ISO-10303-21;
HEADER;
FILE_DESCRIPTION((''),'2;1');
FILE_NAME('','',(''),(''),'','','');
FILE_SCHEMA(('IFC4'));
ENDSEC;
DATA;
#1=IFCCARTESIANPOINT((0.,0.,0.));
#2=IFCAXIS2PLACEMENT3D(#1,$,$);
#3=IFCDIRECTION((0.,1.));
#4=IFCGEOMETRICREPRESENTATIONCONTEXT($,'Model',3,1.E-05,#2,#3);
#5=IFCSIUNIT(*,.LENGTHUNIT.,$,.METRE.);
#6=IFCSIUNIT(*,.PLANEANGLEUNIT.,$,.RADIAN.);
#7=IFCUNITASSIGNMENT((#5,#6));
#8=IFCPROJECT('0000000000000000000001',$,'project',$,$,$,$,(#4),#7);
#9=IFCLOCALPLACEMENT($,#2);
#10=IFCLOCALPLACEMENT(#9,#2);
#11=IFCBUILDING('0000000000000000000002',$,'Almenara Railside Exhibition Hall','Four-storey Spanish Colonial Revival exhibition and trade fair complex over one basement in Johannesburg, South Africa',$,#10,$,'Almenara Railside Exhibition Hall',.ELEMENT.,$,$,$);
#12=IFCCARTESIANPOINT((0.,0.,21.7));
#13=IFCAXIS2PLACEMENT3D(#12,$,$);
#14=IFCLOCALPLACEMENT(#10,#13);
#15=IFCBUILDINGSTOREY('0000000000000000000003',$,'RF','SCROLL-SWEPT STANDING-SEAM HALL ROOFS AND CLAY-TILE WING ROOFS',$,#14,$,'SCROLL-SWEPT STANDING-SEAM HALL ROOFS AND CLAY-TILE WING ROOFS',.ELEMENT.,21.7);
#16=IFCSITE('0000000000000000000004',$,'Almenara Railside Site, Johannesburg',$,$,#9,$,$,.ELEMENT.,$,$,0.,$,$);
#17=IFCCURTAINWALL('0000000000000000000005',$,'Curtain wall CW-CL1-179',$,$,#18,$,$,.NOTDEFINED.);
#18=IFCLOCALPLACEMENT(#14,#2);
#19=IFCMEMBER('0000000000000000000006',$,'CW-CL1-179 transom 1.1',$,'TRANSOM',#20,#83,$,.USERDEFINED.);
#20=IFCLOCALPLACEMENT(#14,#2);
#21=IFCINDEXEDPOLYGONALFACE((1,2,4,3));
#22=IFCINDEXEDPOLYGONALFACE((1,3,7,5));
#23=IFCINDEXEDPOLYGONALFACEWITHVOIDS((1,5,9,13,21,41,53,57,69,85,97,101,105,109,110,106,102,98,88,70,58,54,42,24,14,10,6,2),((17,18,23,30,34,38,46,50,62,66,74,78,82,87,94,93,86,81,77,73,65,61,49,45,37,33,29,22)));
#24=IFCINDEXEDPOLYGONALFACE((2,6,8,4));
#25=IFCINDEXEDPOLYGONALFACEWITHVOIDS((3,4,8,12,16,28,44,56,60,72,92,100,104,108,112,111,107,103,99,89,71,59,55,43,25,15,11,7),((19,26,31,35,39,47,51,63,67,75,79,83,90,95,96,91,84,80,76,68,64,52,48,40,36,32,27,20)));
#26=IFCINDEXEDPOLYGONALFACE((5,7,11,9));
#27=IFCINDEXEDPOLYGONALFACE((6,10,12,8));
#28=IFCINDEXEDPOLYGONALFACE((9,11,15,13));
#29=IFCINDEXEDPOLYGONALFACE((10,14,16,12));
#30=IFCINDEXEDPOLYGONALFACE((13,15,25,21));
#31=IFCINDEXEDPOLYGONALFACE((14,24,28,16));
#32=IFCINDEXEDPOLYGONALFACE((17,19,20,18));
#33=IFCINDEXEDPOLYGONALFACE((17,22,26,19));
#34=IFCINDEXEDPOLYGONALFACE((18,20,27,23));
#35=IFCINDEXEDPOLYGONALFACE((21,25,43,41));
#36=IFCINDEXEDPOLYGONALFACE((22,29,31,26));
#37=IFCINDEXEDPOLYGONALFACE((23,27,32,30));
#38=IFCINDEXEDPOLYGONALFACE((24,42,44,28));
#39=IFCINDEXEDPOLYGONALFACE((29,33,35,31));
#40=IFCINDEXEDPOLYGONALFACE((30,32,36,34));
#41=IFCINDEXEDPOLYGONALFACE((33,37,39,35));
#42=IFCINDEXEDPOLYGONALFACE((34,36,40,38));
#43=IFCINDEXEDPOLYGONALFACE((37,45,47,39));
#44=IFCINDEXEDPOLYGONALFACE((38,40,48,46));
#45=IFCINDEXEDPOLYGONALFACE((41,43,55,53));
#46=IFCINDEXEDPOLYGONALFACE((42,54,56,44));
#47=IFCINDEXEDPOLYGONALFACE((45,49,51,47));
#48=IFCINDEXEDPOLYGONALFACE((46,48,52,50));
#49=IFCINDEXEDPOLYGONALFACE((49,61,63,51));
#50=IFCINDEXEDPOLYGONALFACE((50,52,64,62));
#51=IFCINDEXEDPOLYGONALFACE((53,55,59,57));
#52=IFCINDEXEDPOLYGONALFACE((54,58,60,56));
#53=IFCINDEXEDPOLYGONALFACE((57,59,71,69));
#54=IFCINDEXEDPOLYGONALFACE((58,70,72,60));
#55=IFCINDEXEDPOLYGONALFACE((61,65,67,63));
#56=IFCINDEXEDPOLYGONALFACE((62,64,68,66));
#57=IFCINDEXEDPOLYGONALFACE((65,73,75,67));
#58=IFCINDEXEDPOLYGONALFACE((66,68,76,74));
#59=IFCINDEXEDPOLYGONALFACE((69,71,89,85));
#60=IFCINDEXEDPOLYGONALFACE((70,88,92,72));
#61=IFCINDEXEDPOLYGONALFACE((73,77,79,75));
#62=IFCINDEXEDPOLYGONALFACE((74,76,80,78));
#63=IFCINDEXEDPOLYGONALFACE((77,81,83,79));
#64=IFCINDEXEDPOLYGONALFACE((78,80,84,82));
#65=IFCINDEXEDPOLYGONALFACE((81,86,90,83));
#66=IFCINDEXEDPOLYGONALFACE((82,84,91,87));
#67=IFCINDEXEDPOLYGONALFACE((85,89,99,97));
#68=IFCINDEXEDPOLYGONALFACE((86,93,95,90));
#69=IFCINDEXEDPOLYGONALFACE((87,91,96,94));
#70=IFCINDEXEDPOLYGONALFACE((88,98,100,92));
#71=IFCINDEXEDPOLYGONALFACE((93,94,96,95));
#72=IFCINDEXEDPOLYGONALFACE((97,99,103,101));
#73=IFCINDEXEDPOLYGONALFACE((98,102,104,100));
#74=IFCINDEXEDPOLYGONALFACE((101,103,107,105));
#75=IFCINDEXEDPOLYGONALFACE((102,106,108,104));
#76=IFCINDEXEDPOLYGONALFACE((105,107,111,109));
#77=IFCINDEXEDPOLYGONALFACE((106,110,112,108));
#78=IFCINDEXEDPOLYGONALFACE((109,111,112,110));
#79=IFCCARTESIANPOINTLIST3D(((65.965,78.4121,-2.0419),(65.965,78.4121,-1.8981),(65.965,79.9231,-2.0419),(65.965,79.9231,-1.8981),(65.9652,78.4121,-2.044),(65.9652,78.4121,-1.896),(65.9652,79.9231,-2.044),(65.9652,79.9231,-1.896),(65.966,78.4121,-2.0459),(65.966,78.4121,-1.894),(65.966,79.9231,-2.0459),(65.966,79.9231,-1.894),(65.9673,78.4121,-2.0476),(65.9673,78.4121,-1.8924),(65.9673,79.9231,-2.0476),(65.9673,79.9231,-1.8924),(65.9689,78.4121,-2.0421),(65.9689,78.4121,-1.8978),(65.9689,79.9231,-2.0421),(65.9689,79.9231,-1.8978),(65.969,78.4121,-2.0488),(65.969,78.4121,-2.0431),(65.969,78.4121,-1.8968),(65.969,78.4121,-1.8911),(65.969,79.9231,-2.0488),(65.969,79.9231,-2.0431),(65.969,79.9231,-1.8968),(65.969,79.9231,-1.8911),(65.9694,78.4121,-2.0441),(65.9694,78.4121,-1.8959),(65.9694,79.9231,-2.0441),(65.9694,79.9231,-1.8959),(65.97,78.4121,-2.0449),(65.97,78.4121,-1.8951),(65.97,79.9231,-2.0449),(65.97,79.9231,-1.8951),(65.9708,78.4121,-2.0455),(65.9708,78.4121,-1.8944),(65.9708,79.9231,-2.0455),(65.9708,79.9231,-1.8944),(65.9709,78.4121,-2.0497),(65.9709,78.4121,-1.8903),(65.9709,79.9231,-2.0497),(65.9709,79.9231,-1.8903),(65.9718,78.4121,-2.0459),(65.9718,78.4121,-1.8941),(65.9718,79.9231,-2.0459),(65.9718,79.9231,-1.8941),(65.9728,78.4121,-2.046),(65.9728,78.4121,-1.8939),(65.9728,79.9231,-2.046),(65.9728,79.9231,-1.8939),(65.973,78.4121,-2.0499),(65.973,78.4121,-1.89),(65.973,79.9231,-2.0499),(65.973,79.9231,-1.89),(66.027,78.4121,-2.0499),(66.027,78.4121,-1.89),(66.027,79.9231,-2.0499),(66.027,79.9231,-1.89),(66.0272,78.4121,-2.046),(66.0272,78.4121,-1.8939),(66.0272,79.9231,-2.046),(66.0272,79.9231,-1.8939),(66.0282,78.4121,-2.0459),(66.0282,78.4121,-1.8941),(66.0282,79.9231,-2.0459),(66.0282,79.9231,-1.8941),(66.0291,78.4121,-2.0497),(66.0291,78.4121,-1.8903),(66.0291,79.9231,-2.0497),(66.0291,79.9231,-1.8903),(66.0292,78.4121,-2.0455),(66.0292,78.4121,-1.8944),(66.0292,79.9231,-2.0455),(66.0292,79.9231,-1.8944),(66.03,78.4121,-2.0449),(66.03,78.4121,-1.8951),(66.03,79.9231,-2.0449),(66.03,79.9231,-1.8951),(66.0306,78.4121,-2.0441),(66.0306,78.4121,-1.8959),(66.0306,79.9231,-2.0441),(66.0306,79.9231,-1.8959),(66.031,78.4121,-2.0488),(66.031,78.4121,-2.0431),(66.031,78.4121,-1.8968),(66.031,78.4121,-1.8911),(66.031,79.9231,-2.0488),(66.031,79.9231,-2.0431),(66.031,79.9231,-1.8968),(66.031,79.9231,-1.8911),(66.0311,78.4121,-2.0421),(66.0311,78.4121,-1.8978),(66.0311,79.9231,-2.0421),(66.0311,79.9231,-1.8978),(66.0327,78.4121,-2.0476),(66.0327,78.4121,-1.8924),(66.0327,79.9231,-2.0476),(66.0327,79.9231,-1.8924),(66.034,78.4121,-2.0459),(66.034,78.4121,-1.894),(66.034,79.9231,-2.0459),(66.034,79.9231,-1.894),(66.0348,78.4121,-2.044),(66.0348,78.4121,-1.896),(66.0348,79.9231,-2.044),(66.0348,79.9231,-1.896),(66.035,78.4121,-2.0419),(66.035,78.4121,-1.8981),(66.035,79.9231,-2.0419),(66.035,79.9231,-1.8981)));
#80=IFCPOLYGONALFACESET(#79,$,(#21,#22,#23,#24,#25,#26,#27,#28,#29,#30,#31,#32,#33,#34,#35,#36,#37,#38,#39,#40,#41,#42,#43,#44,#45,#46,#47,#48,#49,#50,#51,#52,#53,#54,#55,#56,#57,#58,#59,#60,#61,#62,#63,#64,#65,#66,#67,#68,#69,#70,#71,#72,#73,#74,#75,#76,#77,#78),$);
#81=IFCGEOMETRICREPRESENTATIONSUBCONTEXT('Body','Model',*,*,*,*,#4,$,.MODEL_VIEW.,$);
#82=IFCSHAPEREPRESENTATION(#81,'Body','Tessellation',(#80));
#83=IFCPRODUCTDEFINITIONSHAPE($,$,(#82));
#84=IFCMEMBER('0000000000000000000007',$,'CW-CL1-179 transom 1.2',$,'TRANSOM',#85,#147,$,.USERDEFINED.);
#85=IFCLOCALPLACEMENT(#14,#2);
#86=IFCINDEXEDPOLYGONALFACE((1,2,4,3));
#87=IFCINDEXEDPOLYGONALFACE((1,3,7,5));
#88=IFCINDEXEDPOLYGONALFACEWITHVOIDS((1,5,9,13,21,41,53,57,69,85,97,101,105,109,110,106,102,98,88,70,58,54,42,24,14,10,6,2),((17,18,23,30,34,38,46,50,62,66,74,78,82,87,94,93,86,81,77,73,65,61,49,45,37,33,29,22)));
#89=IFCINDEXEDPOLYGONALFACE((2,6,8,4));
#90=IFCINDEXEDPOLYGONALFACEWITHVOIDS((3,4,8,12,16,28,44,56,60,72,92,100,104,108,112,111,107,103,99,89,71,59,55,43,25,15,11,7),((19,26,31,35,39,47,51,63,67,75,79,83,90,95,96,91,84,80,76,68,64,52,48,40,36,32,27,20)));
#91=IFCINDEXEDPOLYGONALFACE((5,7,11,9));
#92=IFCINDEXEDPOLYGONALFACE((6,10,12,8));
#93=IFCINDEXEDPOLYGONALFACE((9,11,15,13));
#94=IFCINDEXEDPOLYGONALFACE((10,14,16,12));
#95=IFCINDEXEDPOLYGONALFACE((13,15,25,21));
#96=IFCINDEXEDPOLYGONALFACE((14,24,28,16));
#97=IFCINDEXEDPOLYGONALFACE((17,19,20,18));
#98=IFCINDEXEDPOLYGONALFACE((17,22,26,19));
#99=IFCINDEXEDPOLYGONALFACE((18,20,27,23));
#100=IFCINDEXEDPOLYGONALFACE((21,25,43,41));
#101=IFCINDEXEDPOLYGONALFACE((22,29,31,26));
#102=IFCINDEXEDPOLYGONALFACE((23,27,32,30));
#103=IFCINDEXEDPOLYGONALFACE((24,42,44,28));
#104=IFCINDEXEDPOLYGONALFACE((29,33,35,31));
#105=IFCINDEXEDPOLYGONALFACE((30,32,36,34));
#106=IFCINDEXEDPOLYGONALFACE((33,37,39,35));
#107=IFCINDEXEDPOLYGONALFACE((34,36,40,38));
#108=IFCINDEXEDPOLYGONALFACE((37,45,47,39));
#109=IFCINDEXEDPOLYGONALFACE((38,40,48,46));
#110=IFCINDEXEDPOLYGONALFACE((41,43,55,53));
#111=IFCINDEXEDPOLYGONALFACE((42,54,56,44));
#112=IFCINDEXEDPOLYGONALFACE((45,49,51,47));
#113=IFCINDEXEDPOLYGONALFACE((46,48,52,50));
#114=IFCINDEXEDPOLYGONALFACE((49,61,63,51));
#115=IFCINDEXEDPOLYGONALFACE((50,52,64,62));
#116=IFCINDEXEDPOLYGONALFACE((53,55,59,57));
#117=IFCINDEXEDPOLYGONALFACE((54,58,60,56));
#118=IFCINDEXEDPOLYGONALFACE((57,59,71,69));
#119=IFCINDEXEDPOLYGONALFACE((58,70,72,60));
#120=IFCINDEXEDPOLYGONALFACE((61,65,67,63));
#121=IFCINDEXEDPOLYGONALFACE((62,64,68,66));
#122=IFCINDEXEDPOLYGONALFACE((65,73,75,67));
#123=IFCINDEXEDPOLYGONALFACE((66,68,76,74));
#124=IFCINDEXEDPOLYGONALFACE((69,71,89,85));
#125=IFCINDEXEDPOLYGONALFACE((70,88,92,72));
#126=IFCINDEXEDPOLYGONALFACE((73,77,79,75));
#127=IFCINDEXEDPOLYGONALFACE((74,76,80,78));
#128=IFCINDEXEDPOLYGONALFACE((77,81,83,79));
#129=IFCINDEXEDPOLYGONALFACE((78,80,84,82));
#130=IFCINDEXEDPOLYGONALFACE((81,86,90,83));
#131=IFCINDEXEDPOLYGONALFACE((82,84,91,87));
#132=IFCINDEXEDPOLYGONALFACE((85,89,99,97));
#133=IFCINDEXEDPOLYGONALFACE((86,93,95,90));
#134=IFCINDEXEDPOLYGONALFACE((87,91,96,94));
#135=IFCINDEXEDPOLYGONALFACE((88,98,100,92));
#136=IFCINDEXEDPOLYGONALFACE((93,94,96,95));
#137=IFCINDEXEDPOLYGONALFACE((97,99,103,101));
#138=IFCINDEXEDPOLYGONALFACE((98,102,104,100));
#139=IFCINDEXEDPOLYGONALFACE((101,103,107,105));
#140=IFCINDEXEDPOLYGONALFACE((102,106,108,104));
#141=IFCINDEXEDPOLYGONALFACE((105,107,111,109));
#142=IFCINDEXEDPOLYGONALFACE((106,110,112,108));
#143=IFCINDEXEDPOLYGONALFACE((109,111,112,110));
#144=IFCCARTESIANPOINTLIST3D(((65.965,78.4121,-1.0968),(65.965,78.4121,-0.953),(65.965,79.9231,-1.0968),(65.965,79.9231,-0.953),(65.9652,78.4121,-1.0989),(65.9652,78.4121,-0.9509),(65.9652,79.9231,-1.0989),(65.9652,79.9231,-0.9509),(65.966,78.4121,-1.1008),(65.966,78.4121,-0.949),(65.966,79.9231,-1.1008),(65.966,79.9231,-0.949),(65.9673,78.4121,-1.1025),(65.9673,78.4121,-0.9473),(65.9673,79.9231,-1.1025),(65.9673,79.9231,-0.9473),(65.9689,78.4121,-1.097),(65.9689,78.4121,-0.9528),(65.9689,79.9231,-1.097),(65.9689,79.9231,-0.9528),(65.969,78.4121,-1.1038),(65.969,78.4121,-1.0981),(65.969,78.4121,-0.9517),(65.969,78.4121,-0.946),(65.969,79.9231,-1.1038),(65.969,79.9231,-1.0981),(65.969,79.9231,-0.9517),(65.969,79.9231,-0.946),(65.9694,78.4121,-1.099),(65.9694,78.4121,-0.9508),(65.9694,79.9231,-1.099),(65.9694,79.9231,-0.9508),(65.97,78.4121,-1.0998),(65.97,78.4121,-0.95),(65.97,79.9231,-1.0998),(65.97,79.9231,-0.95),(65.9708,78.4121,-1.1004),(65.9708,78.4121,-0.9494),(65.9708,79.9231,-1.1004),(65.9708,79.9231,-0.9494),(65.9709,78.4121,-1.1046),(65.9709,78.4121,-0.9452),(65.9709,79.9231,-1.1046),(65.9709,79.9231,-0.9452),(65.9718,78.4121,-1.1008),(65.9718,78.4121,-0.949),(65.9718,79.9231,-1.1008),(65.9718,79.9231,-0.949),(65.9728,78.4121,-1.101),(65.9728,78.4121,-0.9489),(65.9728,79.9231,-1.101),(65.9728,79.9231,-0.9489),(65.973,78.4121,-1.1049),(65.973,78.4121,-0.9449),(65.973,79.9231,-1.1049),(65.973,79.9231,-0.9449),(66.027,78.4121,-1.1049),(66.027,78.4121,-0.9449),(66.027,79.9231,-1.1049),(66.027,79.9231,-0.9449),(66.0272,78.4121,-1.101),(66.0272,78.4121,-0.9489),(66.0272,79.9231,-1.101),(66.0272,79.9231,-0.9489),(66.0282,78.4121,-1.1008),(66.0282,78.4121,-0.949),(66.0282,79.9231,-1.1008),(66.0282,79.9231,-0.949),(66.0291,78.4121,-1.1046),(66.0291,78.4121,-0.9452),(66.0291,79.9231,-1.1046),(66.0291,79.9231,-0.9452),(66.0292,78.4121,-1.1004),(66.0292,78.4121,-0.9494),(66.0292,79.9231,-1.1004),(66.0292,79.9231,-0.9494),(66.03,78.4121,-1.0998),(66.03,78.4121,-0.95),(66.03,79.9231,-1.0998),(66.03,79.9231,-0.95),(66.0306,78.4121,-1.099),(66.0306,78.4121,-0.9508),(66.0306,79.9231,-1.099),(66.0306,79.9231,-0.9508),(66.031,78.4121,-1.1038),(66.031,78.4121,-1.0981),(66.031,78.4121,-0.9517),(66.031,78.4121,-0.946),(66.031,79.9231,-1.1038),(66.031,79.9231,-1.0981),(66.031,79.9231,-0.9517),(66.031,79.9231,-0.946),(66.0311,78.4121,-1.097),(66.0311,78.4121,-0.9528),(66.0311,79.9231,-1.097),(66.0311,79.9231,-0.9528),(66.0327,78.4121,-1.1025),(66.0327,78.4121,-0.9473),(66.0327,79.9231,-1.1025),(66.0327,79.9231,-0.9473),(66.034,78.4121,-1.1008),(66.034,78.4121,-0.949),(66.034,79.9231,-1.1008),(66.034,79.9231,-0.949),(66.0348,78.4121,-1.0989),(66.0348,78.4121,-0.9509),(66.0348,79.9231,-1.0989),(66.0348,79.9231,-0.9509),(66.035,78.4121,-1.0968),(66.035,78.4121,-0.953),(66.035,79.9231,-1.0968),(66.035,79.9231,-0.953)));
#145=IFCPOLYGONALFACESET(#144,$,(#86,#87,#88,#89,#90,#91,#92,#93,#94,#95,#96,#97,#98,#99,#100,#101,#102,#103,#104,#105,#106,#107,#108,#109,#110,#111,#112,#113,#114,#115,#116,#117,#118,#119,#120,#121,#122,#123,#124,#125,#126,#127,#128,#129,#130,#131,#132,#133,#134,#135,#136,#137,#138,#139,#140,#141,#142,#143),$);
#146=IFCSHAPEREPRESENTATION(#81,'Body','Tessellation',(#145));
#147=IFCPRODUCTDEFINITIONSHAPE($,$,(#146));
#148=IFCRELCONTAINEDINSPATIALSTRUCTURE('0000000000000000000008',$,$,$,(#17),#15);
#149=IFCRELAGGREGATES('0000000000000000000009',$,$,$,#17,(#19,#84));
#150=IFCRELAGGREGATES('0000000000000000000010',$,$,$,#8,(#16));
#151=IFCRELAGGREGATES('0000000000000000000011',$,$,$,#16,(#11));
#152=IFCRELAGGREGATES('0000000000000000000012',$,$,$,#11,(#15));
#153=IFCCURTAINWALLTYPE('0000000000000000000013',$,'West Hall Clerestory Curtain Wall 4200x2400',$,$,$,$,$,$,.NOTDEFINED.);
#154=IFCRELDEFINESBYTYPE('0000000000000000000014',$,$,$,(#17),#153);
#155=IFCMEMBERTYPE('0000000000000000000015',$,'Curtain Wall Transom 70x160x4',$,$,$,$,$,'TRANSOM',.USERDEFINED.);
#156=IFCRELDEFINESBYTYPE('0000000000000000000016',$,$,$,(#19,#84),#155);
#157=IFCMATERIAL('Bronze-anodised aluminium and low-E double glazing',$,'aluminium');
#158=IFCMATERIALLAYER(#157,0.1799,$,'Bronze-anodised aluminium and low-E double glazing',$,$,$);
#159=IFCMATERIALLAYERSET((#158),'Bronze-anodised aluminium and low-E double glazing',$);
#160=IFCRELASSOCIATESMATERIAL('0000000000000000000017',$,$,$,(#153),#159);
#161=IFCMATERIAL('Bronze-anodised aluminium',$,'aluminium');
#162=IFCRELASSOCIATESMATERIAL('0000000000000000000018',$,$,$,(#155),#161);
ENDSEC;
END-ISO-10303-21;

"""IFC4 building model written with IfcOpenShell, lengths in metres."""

from ifc_helpers import new_model, si_unit, direction, frame, origin, origin_2d, place, context, subcontext, project, spatial, hollow_rectangle, extrude, material, layer, layer_set, material_profile, profile_set, type_object, element, aggregate, save


model = new_model("IFC4")

# Units and contexts
model_context = context("Model", 3, precision=1e-05, world=origin(), true_north=direction((0.0, 1.0)))
body_context = subcontext(model_context, "Body", "Model", "MODEL_VIEW")
ifc_project = project(units=[si_unit("LENGTHUNIT", "METRE"), si_unit("PLANEANGLEUNIT", "RADIAN")], contexts=[model_context])

# Site, building, storey
site_placement = place(None, origin())
site = spatial("IfcSite", under=ifc_project, at=site_placement, Name="Almenara Railside Site, Johannesburg", CompositionType="ELEMENT", RefElevation=0.0)
building_placement = place(site_placement, origin())
building = spatial("IfcBuilding", under=site, at=building_placement, Name="Almenara Railside Exhibition Hall", Description="Four-storey Spanish Colonial Revival exhibition and trade fair complex over one basement in Johannesburg, South Africa", LongName="Almenara Railside Exhibition Hall", CompositionType="ELEMENT")
storey_placement = place(building_placement, frame((0.0, 0.0, 21.7)))
storey = spatial("IfcBuildingStorey", under=building, at=storey_placement, Name="RF", Description="SCROLL-SWEPT STANDING-SEAM HALL ROOFS AND CLAY-TILE WING ROOFS", LongName="SCROLL-SWEPT STANDING-SEAM HALL ROOFS AND CLAY-TILE WING ROOFS", CompositionType="ELEMENT", Elevation=21.7)

# Curtain wall
ifc_material_1 = material(Name="Bronze-anodised aluminium and low-E double glazing", Category="aluminium")
ifc_layer_1 = layer(ifc_material_1, 0.1799, Name="Bronze-anodised aluminium and low-E double glazing")
ifc_layer_set_1 = layer_set([ifc_layer_1], Name="Bronze-anodised aluminium and low-E double glazing")
curtain_wall_type = type_object("IfcCurtainWallType", Name="West Hall Clerestory Curtain Wall 4200x2400", PredefinedType="NOTDEFINED", material=ifc_layer_set_1)
ifc_material_2 = material(Name="Bronze-anodised aluminium", Category="aluminium")
curtain_wall_1_placement = place(storey_placement, origin())
curtain_wall_1 = element("IfcCurtainWall", 1, at=curtain_wall_1_placement, inside=storey, type_object=curtain_wall_type, Name="Curtain wall CW-CL1-179", PredefinedType="NOTDEFINED")

# Members
ifc_material_profile_1 = material_profile(ifc_material_2, hollow_rectangle(XDim=0.0701, YDim=0.1599, WallThickness=0.0039, InnerFilletRadius=0.0039, OuterFilletRadius=0.0081, at=origin_2d()), Name="ALU-TRN 70x160x4")
ifc_profile_set_1 = profile_set([ifc_material_profile_1], Name="Bronze-anodised aluminium")
member_type_1 = type_object("IfcMemberType", Name="Curtain Wall Transom 70x160x4", ElementType="TRANSOM", PredefinedType="USERDEFINED", material=ifc_profile_set_1)
member_1_placement = place(storey_placement, frame((66.0, 78.4121, -1.97), z_axis=(0.0, 1.0, 0.0), x_axis=(-1.0, 0.0, 0.0)))
member_1 = element("IfcMember", 2, at=member_1_placement, type_object=member_type_1, Name="CW-CL1-179 transom 1.1", ObjectType="TRANSOM", PredefinedType="USERDEFINED", context=body_context, shape_type="SweptSolid", body=[
    extrude(hollow_rectangle(XDim=0.0701, YDim=0.1599, WallThickness=0.0039, InnerFilletRadius=0.0039, OuterFilletRadius=0.0081, at=origin_2d()), origin(), (0.0, 0.0, 1.0), 1.511),
])
member_2_placement = place(storey_placement, frame((66.0, 78.4121, -1.0249), z_axis=(0.0, 1.0, 0.0), x_axis=(-1.0, 0.0, 0.0)))
member_2 = element("IfcMember", 3, at=member_2_placement, type_object=member_type_1, Name="CW-CL1-179 transom 1.2", ObjectType="TRANSOM", PredefinedType="USERDEFINED", context=body_context, shape_type="SweptSolid", body=[
    extrude(hollow_rectangle(XDim=0.0701, YDim=0.1599, WallThickness=0.0039, InnerFilletRadius=0.0039, OuterFilletRadius=0.0081, at=origin_2d()), origin(), (0.0, 0.0, 1.0), 1.511),
])

aggregate(curtain_wall_1, [member_1, member_2])

save(model, "model.ifc")
